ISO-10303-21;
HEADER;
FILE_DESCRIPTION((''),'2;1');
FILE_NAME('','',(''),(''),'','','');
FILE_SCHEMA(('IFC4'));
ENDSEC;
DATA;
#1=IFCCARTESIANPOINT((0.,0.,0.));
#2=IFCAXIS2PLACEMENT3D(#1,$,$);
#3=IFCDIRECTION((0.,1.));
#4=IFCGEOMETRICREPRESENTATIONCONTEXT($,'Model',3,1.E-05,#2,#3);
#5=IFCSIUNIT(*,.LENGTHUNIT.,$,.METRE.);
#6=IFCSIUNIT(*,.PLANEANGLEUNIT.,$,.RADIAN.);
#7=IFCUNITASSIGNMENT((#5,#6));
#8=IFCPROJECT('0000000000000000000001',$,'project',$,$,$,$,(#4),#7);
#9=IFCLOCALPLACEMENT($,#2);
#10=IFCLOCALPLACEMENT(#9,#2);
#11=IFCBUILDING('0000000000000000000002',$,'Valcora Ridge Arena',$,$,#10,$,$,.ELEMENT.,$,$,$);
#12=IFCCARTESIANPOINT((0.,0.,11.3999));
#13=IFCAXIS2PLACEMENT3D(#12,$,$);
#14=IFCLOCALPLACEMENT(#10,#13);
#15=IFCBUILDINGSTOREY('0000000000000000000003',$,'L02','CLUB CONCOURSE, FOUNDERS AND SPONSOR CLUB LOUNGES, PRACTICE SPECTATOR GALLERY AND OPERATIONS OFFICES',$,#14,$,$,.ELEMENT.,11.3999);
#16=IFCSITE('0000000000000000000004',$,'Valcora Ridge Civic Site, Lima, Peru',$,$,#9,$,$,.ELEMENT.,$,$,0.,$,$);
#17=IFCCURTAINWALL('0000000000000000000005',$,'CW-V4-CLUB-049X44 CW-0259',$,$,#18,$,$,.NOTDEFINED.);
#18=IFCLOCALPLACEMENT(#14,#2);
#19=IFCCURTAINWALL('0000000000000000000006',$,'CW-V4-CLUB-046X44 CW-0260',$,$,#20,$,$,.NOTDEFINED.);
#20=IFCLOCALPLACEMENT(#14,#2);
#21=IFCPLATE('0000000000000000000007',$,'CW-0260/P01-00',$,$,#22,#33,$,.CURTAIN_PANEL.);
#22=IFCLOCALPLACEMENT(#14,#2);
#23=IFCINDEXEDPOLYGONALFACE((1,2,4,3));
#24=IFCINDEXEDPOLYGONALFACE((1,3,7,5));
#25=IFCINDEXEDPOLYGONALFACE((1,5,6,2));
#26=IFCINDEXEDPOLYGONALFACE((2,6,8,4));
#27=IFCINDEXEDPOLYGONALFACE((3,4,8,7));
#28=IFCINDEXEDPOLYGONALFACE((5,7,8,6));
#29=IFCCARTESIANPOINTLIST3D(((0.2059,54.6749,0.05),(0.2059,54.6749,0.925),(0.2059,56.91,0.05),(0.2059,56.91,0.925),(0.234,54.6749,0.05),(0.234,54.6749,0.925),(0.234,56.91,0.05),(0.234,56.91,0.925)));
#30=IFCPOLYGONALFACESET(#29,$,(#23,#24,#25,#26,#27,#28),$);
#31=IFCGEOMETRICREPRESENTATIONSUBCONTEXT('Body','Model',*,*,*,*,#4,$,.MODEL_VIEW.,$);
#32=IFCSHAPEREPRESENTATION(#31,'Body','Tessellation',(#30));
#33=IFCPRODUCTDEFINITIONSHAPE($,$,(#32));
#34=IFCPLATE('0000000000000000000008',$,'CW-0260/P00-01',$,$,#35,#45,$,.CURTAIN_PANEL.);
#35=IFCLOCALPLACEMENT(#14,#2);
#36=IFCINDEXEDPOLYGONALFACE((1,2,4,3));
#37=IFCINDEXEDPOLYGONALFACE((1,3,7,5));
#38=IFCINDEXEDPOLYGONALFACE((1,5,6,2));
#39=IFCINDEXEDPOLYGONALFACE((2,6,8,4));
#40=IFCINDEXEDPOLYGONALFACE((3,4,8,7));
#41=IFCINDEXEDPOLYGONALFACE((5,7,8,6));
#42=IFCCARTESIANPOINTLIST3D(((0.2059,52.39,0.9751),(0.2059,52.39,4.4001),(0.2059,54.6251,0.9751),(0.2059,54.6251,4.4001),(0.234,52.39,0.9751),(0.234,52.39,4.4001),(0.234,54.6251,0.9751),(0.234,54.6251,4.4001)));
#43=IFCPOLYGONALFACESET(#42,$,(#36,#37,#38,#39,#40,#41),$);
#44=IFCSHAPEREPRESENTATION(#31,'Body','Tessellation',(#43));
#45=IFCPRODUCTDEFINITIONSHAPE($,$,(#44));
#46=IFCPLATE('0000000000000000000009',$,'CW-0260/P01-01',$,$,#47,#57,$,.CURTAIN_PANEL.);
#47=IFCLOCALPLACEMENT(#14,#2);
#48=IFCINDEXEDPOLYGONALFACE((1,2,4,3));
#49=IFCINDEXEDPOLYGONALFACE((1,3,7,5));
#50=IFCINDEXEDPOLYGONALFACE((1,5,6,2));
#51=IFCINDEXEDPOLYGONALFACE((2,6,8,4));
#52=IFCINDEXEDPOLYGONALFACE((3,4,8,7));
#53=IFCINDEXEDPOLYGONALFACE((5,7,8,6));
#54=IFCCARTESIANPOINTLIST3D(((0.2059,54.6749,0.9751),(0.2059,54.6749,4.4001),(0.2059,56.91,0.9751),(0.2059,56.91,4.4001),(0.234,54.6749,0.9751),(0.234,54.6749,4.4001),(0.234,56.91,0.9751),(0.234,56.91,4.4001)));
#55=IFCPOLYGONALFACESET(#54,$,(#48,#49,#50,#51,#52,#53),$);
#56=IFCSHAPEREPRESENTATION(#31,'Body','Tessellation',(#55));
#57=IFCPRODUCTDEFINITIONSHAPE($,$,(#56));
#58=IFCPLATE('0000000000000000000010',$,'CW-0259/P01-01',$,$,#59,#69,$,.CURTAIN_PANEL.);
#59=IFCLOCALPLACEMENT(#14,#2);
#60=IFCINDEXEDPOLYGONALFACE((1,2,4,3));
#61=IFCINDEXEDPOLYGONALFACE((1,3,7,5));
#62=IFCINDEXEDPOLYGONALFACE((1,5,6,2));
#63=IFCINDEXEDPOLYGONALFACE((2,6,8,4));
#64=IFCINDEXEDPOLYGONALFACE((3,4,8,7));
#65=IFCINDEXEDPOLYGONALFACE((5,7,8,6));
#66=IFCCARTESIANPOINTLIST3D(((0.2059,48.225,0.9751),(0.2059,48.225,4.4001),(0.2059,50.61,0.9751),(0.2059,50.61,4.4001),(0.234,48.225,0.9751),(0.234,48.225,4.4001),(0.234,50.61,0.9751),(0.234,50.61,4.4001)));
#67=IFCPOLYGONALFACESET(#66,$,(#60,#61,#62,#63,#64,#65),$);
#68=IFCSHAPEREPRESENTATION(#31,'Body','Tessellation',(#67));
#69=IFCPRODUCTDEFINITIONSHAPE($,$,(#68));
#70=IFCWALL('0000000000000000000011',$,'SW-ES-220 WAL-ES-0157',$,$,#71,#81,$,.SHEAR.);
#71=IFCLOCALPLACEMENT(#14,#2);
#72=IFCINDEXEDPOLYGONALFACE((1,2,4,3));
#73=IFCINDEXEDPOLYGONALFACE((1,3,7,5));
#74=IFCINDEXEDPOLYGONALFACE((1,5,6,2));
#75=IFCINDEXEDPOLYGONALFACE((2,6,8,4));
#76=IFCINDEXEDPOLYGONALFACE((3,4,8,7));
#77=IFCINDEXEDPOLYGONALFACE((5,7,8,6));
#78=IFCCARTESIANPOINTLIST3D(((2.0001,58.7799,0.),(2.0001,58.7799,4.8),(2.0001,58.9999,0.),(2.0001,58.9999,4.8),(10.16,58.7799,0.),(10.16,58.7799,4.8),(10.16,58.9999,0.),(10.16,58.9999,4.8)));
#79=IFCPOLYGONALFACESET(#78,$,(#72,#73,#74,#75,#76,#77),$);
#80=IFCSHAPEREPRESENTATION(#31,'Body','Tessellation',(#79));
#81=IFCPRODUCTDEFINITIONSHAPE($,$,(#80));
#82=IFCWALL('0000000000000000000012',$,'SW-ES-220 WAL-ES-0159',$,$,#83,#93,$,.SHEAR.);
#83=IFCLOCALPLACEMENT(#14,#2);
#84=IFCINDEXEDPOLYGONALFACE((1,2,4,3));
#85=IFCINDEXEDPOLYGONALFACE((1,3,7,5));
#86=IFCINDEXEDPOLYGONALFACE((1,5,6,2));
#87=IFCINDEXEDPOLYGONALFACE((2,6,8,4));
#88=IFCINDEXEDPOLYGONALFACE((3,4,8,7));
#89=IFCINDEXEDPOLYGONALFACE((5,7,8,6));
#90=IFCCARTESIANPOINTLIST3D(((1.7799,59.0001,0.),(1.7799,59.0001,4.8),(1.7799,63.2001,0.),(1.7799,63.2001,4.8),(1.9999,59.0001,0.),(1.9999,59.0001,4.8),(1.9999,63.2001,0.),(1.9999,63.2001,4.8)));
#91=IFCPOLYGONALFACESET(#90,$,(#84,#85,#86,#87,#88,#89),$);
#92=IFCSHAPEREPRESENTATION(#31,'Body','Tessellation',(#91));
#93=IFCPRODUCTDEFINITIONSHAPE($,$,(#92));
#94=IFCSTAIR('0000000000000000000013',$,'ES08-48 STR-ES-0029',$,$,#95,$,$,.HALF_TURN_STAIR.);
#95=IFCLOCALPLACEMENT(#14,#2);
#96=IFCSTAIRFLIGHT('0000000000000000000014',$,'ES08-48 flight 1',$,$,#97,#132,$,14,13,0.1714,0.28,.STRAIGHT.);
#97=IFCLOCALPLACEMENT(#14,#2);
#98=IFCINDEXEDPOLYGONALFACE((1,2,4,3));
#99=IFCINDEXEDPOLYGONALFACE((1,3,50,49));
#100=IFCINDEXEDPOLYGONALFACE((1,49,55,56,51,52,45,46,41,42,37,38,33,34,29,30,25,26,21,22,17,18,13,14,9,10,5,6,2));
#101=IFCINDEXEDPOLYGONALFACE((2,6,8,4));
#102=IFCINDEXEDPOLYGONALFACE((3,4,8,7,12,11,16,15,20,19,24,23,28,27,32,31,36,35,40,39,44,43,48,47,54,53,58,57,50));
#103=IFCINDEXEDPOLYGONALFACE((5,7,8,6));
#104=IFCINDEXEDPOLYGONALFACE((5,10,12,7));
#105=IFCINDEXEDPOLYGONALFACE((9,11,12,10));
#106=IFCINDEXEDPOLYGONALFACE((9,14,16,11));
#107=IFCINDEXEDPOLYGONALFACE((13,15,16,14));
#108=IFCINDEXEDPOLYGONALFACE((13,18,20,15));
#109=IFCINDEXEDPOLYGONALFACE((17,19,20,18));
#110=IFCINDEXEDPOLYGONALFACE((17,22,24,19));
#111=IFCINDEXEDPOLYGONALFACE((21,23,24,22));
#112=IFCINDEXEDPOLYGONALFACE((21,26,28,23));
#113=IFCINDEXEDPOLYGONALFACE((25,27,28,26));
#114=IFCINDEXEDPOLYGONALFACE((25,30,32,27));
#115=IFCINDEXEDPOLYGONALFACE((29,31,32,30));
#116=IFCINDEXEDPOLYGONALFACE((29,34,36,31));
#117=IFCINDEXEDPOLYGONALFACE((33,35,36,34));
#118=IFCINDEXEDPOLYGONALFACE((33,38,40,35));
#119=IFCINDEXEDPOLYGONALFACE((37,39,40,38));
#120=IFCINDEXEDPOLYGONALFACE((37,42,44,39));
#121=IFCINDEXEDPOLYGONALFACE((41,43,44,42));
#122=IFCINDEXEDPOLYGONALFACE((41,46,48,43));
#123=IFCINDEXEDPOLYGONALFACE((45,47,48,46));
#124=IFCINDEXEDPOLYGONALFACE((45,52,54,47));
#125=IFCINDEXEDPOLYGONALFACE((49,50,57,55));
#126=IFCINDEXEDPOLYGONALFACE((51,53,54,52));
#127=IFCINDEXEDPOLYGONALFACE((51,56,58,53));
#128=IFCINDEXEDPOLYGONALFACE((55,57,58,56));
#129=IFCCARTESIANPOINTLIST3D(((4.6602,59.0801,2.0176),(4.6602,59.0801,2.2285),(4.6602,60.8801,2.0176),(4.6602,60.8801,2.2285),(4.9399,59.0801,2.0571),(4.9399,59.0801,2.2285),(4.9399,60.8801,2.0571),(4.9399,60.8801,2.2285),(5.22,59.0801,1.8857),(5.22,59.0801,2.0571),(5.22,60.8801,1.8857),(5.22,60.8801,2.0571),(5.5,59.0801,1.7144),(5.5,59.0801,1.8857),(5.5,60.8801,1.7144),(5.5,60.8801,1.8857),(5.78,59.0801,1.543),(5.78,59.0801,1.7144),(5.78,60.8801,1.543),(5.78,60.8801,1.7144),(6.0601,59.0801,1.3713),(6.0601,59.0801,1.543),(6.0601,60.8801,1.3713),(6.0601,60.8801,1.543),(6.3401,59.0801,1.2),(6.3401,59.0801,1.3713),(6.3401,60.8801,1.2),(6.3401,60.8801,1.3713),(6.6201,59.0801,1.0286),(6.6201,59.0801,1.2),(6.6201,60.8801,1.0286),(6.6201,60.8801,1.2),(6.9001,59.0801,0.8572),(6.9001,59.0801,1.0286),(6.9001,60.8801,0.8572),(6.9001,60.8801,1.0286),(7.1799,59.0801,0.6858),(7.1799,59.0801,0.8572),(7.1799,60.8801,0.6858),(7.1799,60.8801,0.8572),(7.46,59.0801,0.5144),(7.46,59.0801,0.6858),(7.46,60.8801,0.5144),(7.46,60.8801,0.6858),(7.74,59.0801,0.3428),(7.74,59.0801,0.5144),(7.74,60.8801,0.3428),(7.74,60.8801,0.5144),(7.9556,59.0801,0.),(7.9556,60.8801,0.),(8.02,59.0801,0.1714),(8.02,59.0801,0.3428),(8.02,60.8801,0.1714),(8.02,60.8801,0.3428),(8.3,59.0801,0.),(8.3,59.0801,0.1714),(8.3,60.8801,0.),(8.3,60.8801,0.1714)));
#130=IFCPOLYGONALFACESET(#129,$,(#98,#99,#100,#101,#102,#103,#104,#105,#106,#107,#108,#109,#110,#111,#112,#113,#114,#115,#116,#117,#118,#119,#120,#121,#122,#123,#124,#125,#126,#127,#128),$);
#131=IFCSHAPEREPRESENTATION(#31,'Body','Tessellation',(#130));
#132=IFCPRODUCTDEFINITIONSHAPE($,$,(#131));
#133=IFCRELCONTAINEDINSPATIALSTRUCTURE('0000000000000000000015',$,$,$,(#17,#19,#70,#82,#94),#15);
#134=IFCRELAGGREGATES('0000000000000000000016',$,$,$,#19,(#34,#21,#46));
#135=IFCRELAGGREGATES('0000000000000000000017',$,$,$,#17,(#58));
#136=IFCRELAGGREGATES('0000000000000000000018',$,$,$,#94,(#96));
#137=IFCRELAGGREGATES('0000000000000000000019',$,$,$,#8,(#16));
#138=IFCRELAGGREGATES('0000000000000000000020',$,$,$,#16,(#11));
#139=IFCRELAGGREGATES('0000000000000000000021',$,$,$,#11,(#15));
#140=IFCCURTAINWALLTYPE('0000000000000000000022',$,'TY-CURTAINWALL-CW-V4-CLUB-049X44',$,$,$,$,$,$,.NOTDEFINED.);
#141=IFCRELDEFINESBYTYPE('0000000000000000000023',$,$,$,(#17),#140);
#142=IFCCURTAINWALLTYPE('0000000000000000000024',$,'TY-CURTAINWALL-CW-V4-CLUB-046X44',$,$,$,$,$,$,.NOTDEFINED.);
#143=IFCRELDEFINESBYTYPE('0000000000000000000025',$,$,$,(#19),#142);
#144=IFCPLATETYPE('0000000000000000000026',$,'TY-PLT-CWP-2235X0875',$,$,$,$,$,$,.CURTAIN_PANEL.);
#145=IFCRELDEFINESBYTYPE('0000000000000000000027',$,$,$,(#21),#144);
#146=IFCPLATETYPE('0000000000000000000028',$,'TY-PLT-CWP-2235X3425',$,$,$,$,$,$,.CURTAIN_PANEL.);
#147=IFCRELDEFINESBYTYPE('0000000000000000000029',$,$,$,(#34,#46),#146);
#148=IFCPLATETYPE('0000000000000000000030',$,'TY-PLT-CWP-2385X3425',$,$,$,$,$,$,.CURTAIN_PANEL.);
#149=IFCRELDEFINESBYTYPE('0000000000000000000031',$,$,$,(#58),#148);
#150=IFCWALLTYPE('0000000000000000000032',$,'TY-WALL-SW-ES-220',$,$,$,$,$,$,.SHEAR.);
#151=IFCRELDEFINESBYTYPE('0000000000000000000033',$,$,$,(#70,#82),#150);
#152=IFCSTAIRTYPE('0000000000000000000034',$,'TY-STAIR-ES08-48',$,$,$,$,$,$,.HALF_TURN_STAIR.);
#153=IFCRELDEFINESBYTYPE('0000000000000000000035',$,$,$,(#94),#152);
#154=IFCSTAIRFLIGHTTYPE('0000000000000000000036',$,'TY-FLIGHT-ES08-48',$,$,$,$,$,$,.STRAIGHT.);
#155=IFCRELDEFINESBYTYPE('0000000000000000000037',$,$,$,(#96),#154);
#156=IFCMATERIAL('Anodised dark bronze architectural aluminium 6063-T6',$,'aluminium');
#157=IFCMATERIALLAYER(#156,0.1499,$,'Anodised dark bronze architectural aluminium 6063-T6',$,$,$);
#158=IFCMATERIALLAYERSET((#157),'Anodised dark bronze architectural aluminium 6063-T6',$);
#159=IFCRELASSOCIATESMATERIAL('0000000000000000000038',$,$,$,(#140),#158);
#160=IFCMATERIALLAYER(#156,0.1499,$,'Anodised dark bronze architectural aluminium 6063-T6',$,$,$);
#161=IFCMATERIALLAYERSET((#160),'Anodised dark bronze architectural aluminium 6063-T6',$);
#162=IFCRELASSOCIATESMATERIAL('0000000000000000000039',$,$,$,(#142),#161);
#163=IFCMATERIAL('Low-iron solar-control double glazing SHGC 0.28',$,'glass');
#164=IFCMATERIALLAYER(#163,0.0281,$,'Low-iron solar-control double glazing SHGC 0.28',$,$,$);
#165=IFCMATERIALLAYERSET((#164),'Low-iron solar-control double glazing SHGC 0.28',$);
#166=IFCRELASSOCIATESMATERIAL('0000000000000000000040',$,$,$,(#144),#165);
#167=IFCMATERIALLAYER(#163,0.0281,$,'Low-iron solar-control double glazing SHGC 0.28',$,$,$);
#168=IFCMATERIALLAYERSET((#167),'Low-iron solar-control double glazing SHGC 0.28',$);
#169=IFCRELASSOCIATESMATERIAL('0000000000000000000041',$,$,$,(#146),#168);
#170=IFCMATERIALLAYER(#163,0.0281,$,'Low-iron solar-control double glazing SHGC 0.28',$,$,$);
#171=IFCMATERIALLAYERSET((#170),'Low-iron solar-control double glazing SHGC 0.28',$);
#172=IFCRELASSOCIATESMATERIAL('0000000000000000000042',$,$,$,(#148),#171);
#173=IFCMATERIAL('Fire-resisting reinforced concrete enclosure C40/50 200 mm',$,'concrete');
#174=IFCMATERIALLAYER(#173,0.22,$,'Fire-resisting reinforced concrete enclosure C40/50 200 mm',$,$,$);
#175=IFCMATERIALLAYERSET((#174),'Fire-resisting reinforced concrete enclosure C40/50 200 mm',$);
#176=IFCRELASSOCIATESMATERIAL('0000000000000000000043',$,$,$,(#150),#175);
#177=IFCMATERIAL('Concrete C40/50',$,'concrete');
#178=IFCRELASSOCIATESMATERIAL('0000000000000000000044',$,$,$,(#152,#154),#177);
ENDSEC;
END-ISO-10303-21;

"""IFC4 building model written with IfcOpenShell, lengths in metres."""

from ifc_helpers import new_model, si_unit, direction, frame, frame_2d, origin, origin_2d, place, context, subcontext, project, spatial, polyline, rectangle, outline, extrude, material, layer, layer_set, type_object, element, aggregate, save


model = new_model("IFC4")

# Units and contexts
model_context = context("Model", 3, precision=1e-05, world=origin(), true_north=direction((0.0, 1.0)))
body_context = subcontext(model_context, "Body", "Model", "MODEL_VIEW")
ifc_project = project(units=[si_unit("LENGTHUNIT", "METRE"), si_unit("PLANEANGLEUNIT", "RADIAN")], contexts=[model_context])

# Site, building, storey
site_placement = place(None, origin())
site = spatial("IfcSite", under=ifc_project, at=site_placement, Name="Valcora Ridge Civic Site, Lima, Peru", CompositionType="ELEMENT", RefElevation=0.0)
building_placement = place(site_placement, origin())
building = spatial("IfcBuilding", under=site, at=building_placement, Name="Valcora Ridge Arena", CompositionType="ELEMENT")
storey_placement = place(building_placement, frame((0.0, 0.0, 11.3999)))
storey = spatial("IfcBuildingStorey", under=building, at=storey_placement, Name="L02", Description="CLUB CONCOURSE, FOUNDERS AND SPONSOR CLUB LOUNGES, PRACTICE SPECTATOR GALLERY AND OPERATIONS OFFICES", CompositionType="ELEMENT", Elevation=11.3999)

# Shared definitions
ifc_material_1 = material(Name="Concrete C40/50", Category="concrete")

# Curtain wall
ifc_material_2 = material(Name="Anodised dark bronze architectural aluminium 6063-T6", Category="aluminium")
ifc_layer_1 = layer(ifc_material_2, 0.1499, Name="Anodised dark bronze architectural aluminium 6063-T6")
ifc_layer_set_1 = layer_set([ifc_layer_1], Name="Anodised dark bronze architectural aluminium 6063-T6")
curtain_wall_type_1 = type_object("IfcCurtainWallType", Name="TY-CURTAINWALL-CW-V4-CLUB-049X44", PredefinedType="NOTDEFINED", material=ifc_layer_set_1)
curtain_wall_1_placement = place(storey_placement, origin())
curtain_wall_1 = element("IfcCurtainWall", 1, at=curtain_wall_1_placement, inside=storey, type_object=curtain_wall_type_1, Name="CW-V4-CLUB-049X44 CW-0259", PredefinedType="NOTDEFINED")

# Curtain wall
ifc_layer_2 = layer(ifc_material_2, 0.1499, Name="Anodised dark bronze architectural aluminium 6063-T6")
ifc_layer_set_2 = layer_set([ifc_layer_2], Name="Anodised dark bronze architectural aluminium 6063-T6")
curtain_wall_type_2 = type_object("IfcCurtainWallType", Name="TY-CURTAINWALL-CW-V4-CLUB-046X44", PredefinedType="NOTDEFINED", material=ifc_layer_set_2)
curtain_wall_2_placement = place(storey_placement, origin())
curtain_wall_2 = element("IfcCurtainWall", 2, at=curtain_wall_2_placement, inside=storey, type_object=curtain_wall_type_2, Name="CW-V4-CLUB-046X44 CW-0260", PredefinedType="NOTDEFINED")

# Plates
ifc_material_3 = material(Name="Low-iron solar-control double glazing SHGC 0.28", Category="glass")
ifc_layer_3 = layer(ifc_material_3, 0.0281, Name="Low-iron solar-control double glazing SHGC 0.28")
ifc_layer_set_3 = layer_set([ifc_layer_3], Name="Low-iron solar-control double glazing SHGC 0.28")
plate_type_1 = type_object("IfcPlateType", Name="TY-PLT-CWP-2235X0875", PredefinedType="CURTAIN_PANEL", material=ifc_layer_set_3)
plate_1_placement = place(storey_placement, frame((0.22, 55.7925, 0.05), z_axis=(0.0, 0.0, 1.0), x_axis=(0.0, 1.0, 0.0)))
plate_1 = element("IfcPlate", 3, at=plate_1_placement, type_object=plate_type_1, Name="CW-0260/P01-00", PredefinedType="CURTAIN_PANEL", context=body_context, shape_type="SweptSolid", body=[
    extrude(rectangle(XDim=2.2351, YDim=0.0281, at=origin_2d()), origin(), (0.0, 0.0, 1.0), 0.875),
])
ifc_layer_4 = layer(ifc_material_3, 0.0281, Name="Low-iron solar-control double glazing SHGC 0.28")
ifc_layer_set_4 = layer_set([ifc_layer_4], Name="Low-iron solar-control double glazing SHGC 0.28")
plate_type_2 = type_object("IfcPlateType", Name="TY-PLT-CWP-2235X3425", PredefinedType="CURTAIN_PANEL", material=ifc_layer_set_4)
plate_2_placement = place(storey_placement, frame((0.22, 53.5076, 0.9751), z_axis=(0.0, 0.0, 1.0), x_axis=(0.0, 1.0, 0.0)))
plate_2 = element("IfcPlate", 4, at=plate_2_placement, type_object=plate_type_2, Name="CW-0260/P00-01", PredefinedType="CURTAIN_PANEL", context=body_context, shape_type="SweptSolid", body=[
    extrude(rectangle(XDim=2.2351, YDim=0.0281, at=origin_2d()), origin(), (0.0, 0.0, 1.0), 3.425),
])
plate_3_placement = place(storey_placement, frame((0.22, 55.7925, 0.9751), z_axis=(0.0, 0.0, 1.0), x_axis=(0.0, 1.0, 0.0)))
plate_3 = element("IfcPlate", 5, at=plate_3_placement, type_object=plate_type_2, Name="CW-0260/P01-01", PredefinedType="CURTAIN_PANEL", context=body_context, shape_type="SweptSolid", body=[
    extrude(rectangle(XDim=2.2351, YDim=0.0281, at=origin_2d()), origin(), (0.0, 0.0, 1.0), 3.425),
])
aggregate(curtain_wall_2, [plate_2, plate_1, plate_3])
ifc_layer_5 = layer(ifc_material_3, 0.0281, Name="Low-iron solar-control double glazing SHGC 0.28")
ifc_layer_set_5 = layer_set([ifc_layer_5], Name="Low-iron solar-control double glazing SHGC 0.28")
plate_type_3 = type_object("IfcPlateType", Name="TY-PLT-CWP-2385X3425", PredefinedType="CURTAIN_PANEL", material=ifc_layer_set_5)
plate_4_placement = place(storey_placement, frame((0.22, 49.4175, 0.9751), z_axis=(0.0, 0.0, 1.0), x_axis=(0.0, 1.0, 0.0)))
plate_4 = element("IfcPlate", 6, at=plate_4_placement, type_object=plate_type_3, Name="CW-0259/P01-01", PredefinedType="CURTAIN_PANEL", context=body_context, shape_type="SweptSolid", body=[
    extrude(rectangle(XDim=2.385, YDim=0.0281, at=origin_2d()), origin(), (0.0, 0.0, 1.0), 3.425),
])
aggregate(curtain_wall_1, [plate_4])

# Walls
ifc_material_4 = material(Name="Fire-resisting reinforced concrete enclosure C40/50 200 mm", Category="concrete")
ifc_layer_6 = layer(ifc_material_4, 0.22, Name="Fire-resisting reinforced concrete enclosure C40/50 200 mm")
ifc_layer_set_6 = layer_set([ifc_layer_6], Name="Fire-resisting reinforced concrete enclosure C40/50 200 mm")
wall_type = type_object("IfcWallType", Name="TY-WALL-SW-ES-220", PredefinedType="SHEAR", material=ifc_layer_set_6)
wall_1_placement = place(storey_placement, frame((2.0, 58.8899, 0.0), z_axis=(0.0, 0.0, 1.0), x_axis=(1.0, 0.0, 0.0)))
element("IfcWall", 7, at=wall_1_placement, inside=storey, type_object=wall_type, Name="SW-ES-220 WAL-ES-0157", PredefinedType="SHEAR", context=body_context, shape_type="SweptSolid", body=[
    extrude(rectangle(XDim=8.1599, YDim=0.22, at=frame_2d((4.0801, 0.0))), origin(), (0.0, 0.0, 1.0), 4.8),
])
wall_2_placement = place(storey_placement, frame((1.8899, 59.0, 0.0), z_axis=(0.0, 0.0, 1.0), x_axis=(0.0, 1.0, 0.0)))
element("IfcWall", 8, at=wall_2_placement, inside=storey, type_object=wall_type, Name="SW-ES-220 WAL-ES-0159", PredefinedType="SHEAR", context=body_context, shape_type="SweptSolid", body=[
    extrude(rectangle(XDim=4.2, YDim=0.22, at=frame_2d((2.1001, 0.0))), origin(), (0.0, 0.0, 1.0), 4.8),
])

# Stair, stair flight
stair_type = type_object("IfcStairType", Name="TY-STAIR-ES08-48", PredefinedType="HALF_TURN_STAIR", material=ifc_material_1)
stair_placement = place(storey_placement, origin())
stair = element("IfcStair", 9, at=stair_placement, inside=storey, type_object=stair_type, Name="ES08-48 STR-ES-0029", PredefinedType="HALF_TURN_STAIR")
stair_flight_type = type_object("IfcStairFlightType", Name="TY-FLIGHT-ES08-48", PredefinedType="STRAIGHT", material=ifc_material_1)
stair_flight_placement = place(storey_placement, frame((8.3, 59.98, 0.0), z_axis=(0.0, 0.0, 1.0), x_axis=(-1.0, 0.0, 0.0)))
stair_flight = element("IfcStairFlight", 10, at=stair_flight_placement, type_object=stair_flight_type, Name="ES08-48 flight 1", NumberOfRisers=14, NumberOfTreads=13, PredefinedType="STRAIGHT", RiserHeight=0.1714, TreadLength=0.28, context=body_context, shape_type="SweptSolid", body=[
    extrude(outline(polyline([(0.0, 0.0), (0.0, 0.1714), (0.28, 0.1714), (0.28, 0.3428), (0.5601, 0.3428), (0.5601, 0.5144), (0.8401, 0.5144), (0.8401, 0.6858), (1.1201, 0.6858), (1.1201, 0.8572), (1.3999, 0.8572), (1.3999, 1.0286), (1.6799, 1.0286), (1.6799, 1.2), (1.96, 1.2), (1.96, 1.3713), (2.24, 1.3713), (2.24, 1.543), (2.52, 1.543), (2.52, 1.7144), (2.8, 1.7144), (2.8, 1.8857), (3.0801, 1.8857), (3.0801, 2.0571), (3.3601, 2.0571), (3.3601, 2.2285), (3.6399, 2.2285), (3.6399, 2.3999), (3.6399, 2.0176), (0.3445, 0.0), (0.0, 0.0)])), frame((0.0, 0.8999, 0.0), z_axis=(0.0, -1.0, 0.0), x_axis=(1.0, 0.0, 0.0)), (0.0, 0.0, 1.0), 1.8),
])
aggregate(stair, [stair_flight])

save(model, "model.ifc")
